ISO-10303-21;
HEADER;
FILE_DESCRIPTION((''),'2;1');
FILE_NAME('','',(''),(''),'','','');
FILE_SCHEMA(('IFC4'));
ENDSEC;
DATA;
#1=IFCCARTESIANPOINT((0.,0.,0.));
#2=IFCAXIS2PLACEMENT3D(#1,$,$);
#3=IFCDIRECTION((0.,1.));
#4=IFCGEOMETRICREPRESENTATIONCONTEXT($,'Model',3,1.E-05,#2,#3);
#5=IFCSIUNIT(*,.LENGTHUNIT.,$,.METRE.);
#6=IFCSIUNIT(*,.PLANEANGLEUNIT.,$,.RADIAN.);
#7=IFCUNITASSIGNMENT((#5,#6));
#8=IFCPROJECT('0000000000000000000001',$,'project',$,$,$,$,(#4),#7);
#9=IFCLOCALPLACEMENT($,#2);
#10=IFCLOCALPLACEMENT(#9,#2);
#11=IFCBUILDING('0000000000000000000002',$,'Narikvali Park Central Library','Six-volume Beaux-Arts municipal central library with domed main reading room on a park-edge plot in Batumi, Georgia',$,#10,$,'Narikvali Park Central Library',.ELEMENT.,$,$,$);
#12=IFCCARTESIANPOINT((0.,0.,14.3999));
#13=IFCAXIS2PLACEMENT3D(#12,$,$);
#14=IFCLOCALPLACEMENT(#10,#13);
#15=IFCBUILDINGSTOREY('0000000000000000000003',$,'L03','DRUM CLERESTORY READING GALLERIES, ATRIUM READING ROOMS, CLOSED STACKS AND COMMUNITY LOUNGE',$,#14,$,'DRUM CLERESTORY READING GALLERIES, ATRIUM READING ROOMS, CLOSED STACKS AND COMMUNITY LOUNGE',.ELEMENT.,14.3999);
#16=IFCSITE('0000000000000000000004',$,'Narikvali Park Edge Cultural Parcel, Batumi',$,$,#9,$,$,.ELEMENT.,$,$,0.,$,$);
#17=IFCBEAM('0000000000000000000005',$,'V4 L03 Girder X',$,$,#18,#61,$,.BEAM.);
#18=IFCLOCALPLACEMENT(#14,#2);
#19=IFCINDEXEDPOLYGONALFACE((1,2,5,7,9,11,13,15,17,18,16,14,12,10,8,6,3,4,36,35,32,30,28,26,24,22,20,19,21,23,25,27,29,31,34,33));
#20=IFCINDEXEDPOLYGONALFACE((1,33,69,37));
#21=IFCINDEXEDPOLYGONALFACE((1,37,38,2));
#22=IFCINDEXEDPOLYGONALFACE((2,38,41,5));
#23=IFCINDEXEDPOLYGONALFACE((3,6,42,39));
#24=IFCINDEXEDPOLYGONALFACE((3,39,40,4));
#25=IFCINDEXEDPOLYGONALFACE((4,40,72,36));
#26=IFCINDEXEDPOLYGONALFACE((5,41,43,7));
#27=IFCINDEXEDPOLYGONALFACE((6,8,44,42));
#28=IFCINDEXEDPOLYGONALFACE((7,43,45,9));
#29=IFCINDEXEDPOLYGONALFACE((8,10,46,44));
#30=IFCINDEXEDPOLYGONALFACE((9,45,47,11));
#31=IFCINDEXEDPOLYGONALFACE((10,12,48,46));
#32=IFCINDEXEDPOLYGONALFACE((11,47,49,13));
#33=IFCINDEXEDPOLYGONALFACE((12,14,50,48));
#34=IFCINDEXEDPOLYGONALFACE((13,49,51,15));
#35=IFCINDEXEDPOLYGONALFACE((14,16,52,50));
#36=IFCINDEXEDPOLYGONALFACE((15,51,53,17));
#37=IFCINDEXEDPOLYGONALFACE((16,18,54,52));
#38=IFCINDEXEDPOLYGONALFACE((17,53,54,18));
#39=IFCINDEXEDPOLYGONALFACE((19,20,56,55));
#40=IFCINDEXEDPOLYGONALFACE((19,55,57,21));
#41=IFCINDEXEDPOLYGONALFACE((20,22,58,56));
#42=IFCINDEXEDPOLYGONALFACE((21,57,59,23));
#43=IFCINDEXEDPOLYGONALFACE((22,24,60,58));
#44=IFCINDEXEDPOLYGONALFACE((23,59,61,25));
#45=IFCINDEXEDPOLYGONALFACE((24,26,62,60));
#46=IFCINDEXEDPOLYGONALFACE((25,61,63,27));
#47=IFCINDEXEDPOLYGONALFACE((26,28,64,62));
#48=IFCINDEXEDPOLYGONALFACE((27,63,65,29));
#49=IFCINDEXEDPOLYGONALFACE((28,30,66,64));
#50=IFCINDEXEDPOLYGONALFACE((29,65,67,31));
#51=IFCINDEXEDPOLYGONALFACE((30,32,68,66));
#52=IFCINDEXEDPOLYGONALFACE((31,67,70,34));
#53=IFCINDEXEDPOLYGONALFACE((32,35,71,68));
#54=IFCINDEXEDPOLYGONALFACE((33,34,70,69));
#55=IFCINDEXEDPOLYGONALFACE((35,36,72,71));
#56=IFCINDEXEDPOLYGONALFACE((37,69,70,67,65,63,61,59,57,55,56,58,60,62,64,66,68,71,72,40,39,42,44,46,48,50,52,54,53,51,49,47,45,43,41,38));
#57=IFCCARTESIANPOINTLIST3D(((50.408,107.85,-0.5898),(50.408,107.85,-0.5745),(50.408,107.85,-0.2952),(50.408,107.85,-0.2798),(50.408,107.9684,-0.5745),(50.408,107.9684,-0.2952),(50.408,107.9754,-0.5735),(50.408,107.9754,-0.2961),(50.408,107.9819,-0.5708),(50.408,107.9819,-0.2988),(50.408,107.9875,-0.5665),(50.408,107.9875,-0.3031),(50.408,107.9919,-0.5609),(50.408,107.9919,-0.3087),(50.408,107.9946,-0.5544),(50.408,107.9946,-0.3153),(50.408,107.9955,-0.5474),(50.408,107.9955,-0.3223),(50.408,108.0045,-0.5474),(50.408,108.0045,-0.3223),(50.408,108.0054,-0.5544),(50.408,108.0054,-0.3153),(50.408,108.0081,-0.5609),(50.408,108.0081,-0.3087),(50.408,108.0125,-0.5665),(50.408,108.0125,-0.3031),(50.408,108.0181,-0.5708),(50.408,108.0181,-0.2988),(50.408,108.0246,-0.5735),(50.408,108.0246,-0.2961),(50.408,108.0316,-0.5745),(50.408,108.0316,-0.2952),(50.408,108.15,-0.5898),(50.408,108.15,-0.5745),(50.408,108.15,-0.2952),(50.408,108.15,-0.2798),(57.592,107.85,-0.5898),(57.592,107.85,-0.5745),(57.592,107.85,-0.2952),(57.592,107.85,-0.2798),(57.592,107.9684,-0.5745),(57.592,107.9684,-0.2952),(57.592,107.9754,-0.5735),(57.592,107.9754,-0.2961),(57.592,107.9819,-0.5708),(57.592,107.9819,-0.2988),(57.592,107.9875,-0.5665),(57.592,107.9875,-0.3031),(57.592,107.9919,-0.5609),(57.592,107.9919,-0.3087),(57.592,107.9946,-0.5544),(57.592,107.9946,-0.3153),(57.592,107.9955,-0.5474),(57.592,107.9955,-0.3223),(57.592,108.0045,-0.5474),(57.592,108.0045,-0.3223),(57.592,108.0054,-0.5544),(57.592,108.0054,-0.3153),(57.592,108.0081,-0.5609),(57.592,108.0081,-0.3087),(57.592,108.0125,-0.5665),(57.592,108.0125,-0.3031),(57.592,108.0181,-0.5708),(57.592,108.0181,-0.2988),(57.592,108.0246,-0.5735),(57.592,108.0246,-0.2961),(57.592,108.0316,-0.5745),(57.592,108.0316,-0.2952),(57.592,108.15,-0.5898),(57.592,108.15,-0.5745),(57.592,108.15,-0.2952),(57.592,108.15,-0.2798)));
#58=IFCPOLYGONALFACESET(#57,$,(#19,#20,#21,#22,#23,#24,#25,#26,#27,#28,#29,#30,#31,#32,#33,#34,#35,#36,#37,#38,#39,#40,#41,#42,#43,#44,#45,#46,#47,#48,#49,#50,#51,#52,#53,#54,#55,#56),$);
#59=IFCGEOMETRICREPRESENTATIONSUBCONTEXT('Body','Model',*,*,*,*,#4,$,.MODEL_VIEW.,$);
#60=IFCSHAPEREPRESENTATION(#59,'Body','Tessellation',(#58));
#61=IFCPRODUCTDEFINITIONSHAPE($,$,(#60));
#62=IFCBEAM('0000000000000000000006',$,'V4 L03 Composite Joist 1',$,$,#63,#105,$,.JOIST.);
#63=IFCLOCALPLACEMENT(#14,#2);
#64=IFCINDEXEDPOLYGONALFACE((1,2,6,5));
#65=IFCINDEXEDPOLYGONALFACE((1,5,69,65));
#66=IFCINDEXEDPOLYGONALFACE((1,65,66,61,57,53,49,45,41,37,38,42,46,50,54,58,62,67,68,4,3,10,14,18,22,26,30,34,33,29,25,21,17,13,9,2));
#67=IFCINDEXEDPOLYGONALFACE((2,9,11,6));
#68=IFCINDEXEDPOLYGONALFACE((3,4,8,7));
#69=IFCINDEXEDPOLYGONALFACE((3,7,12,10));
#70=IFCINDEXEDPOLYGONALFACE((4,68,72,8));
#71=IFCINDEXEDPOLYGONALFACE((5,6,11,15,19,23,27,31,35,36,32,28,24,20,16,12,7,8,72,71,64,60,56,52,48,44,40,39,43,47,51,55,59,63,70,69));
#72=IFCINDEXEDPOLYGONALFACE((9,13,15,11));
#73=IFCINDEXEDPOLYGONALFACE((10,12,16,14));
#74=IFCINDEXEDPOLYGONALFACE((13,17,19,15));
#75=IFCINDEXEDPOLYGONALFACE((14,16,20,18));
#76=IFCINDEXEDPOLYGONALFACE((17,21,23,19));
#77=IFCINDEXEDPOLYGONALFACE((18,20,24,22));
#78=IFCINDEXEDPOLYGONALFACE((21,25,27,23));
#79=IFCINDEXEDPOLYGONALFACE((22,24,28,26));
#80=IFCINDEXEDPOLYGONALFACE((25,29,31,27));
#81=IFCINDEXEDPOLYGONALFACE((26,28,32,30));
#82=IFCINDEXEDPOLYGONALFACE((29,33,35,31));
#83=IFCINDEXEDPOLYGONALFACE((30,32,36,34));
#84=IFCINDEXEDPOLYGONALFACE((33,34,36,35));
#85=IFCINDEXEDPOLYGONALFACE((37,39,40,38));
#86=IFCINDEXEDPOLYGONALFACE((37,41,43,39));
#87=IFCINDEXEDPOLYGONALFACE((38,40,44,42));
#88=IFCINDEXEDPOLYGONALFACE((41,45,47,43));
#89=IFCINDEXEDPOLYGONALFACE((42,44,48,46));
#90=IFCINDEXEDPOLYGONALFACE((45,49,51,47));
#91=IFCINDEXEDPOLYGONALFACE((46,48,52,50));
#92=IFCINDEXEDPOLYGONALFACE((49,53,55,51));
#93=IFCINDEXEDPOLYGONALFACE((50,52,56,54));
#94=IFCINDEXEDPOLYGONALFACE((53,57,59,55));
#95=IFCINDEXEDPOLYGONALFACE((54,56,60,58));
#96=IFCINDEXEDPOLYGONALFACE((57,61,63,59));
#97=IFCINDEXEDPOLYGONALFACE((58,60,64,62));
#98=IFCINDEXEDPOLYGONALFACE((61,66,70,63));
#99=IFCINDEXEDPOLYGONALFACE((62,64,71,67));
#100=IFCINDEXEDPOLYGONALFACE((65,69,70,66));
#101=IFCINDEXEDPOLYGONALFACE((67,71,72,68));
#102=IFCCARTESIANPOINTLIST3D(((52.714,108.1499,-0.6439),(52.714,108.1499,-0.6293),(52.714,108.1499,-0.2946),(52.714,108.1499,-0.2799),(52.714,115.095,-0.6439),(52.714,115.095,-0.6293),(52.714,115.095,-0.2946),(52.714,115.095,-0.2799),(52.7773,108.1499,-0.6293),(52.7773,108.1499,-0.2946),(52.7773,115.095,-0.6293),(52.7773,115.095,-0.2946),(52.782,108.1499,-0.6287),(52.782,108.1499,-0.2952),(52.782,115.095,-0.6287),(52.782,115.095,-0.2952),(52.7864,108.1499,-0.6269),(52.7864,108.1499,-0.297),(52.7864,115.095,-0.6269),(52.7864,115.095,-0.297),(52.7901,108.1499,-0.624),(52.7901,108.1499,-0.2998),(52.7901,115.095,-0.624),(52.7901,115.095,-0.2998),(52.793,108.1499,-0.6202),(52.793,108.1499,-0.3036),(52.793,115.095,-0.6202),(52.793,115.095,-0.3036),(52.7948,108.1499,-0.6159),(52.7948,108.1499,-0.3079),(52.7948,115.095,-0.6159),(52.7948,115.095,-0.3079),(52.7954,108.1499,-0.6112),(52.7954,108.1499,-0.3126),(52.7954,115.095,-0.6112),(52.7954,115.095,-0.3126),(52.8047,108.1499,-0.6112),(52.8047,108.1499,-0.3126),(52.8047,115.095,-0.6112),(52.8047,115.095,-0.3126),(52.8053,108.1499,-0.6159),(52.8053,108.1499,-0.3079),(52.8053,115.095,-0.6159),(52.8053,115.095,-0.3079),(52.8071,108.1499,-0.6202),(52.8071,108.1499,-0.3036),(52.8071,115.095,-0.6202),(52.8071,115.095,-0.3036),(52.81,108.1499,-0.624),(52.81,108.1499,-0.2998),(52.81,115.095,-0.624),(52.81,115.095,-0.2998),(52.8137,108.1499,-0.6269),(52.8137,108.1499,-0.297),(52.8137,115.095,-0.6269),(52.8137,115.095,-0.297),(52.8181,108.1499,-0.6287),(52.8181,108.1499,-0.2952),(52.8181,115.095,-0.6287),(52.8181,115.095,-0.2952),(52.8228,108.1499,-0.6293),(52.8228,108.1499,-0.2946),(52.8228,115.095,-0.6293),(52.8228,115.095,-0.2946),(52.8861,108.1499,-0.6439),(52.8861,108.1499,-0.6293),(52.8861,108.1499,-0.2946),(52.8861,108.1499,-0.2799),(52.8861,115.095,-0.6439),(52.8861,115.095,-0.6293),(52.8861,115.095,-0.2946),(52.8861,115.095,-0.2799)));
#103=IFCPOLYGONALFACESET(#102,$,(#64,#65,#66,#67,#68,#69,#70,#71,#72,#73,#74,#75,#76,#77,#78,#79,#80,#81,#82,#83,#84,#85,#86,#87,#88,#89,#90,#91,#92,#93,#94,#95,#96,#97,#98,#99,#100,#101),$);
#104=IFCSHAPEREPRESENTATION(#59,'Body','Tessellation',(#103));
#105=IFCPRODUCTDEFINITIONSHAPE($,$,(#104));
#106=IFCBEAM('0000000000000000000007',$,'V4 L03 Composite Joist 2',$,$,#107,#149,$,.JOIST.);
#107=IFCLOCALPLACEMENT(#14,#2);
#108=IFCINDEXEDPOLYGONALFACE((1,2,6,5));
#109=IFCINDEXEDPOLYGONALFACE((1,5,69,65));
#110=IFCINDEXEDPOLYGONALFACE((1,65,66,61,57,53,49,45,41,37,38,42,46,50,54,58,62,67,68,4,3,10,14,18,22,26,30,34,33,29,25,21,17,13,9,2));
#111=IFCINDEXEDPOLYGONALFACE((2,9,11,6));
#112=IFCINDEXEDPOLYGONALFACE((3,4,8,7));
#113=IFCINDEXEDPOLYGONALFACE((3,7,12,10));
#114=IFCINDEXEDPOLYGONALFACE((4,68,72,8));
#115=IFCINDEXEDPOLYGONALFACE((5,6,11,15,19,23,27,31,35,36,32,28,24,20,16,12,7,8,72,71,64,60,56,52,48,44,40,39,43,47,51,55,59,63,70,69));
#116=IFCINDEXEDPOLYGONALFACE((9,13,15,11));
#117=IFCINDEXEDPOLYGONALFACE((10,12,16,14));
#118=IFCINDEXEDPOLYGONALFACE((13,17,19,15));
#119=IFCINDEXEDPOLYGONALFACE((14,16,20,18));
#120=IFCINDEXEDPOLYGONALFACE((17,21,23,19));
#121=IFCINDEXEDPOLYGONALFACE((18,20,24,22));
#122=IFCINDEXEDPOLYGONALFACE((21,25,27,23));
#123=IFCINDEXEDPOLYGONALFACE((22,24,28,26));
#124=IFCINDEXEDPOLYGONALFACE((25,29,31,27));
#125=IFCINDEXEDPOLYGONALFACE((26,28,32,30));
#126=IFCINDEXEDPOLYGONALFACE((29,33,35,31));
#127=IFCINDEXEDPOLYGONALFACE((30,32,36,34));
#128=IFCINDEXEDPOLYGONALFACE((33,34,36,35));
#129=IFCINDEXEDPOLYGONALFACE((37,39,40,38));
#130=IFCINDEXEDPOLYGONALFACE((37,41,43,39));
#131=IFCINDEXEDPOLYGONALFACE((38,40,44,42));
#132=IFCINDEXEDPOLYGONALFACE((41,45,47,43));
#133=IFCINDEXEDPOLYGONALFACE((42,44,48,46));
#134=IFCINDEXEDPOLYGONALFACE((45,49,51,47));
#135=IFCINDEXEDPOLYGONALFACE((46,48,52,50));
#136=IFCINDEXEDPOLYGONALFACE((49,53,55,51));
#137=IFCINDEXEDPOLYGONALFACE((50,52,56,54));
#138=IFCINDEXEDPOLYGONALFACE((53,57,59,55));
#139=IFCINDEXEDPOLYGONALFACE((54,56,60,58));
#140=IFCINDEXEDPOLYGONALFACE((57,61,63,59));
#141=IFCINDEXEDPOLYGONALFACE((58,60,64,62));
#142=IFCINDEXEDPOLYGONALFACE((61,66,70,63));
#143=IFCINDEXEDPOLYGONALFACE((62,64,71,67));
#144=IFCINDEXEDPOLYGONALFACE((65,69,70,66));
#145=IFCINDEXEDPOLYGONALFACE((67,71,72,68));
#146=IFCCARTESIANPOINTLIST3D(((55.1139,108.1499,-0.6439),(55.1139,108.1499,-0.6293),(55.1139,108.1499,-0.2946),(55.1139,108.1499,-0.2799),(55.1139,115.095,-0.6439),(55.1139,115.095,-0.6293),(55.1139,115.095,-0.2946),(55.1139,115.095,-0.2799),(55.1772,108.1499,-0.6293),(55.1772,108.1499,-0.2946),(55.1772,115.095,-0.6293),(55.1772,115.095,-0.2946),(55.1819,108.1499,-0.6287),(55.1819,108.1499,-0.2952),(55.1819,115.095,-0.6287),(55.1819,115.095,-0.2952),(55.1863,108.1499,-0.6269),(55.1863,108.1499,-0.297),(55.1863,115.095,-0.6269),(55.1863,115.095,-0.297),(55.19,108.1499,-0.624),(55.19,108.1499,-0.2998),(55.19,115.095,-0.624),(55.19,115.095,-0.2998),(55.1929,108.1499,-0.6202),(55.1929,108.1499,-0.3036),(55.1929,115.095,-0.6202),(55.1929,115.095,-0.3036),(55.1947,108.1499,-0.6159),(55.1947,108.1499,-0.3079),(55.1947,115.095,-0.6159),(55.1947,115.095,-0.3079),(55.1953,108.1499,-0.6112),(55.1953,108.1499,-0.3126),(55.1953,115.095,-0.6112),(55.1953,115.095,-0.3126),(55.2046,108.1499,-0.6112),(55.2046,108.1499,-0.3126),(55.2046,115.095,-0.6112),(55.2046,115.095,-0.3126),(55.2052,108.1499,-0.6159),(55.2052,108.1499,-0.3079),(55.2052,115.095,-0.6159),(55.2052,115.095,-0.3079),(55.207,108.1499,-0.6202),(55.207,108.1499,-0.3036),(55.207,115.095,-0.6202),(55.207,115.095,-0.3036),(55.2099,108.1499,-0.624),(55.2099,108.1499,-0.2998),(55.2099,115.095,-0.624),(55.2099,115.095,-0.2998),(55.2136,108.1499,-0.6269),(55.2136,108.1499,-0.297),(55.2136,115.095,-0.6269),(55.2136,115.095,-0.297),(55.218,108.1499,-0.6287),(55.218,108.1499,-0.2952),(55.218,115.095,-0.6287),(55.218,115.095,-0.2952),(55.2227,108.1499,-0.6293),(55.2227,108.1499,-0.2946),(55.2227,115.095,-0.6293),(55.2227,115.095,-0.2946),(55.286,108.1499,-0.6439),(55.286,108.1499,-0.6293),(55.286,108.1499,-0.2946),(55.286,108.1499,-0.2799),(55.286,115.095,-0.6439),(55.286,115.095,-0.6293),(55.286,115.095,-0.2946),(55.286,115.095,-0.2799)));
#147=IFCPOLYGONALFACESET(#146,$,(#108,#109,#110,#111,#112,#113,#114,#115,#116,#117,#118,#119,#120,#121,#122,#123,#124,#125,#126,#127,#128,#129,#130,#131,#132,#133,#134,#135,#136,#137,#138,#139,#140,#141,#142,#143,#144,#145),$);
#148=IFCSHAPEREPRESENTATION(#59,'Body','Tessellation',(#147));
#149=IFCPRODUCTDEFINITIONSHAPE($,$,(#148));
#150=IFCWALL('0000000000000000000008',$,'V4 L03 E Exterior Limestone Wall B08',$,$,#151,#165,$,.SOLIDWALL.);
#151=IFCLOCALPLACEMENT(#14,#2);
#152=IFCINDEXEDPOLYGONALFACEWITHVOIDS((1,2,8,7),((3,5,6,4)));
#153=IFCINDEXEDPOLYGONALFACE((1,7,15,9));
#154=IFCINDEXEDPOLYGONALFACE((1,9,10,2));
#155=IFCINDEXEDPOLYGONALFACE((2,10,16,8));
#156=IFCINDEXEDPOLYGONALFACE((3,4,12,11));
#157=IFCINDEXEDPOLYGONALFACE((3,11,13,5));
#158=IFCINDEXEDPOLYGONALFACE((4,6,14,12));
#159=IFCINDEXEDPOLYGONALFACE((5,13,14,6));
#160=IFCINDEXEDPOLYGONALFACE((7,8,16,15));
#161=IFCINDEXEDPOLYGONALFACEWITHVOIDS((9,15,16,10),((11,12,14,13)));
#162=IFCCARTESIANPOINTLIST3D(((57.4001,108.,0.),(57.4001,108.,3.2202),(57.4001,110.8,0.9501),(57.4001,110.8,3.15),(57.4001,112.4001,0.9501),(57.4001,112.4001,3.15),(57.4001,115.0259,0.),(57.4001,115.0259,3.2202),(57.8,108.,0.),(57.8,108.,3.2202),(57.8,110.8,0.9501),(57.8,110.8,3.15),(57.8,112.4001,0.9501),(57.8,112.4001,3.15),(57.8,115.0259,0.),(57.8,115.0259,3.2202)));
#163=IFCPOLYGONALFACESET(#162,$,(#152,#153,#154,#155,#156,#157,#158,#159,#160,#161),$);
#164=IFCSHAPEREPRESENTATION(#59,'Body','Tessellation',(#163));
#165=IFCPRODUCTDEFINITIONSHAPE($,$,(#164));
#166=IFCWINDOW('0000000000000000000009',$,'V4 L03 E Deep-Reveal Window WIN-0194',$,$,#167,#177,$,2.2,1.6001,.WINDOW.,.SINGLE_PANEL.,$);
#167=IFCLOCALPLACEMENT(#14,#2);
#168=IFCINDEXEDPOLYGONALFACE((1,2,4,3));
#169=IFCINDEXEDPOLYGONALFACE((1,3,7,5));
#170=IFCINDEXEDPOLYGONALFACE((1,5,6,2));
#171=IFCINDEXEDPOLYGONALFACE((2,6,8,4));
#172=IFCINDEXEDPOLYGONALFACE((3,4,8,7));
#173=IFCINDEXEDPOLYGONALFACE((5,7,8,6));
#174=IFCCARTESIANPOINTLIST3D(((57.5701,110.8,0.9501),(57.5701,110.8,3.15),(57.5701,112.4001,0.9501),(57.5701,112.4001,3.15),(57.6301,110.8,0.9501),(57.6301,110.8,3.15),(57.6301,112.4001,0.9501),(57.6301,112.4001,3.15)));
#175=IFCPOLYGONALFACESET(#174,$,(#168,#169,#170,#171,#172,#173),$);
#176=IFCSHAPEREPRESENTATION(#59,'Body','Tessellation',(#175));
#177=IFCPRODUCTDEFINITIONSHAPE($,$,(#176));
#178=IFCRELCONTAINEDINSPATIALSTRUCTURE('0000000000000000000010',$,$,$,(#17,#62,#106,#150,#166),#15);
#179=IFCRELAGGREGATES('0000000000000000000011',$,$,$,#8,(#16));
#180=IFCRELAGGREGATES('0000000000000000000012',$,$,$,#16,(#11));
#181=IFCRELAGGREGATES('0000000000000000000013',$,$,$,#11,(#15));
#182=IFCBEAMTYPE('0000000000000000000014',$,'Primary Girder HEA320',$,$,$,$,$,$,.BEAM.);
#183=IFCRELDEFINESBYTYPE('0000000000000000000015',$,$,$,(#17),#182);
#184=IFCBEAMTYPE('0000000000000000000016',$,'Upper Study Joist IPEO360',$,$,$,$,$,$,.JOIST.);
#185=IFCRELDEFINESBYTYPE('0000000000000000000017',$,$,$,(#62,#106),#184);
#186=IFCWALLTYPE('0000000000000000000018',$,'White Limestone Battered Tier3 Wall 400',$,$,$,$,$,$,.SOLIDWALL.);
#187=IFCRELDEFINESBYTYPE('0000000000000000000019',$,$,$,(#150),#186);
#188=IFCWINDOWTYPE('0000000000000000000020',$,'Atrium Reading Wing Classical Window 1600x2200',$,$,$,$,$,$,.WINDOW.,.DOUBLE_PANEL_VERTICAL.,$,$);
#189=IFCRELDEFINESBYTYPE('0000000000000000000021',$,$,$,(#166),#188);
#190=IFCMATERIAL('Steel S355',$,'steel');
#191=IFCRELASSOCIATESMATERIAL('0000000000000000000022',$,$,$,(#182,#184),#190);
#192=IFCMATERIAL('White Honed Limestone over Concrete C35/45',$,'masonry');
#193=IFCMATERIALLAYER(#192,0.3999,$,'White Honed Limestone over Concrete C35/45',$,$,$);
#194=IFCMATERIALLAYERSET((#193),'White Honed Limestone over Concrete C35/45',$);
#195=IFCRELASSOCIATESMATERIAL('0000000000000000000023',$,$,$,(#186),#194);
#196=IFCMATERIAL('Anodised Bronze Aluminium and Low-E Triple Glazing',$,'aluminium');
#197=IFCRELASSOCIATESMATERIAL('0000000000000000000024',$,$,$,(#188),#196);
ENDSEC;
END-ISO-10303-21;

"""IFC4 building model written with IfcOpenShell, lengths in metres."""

from ifc_helpers import new_model, si_unit, direction, frame, frame_2d, origin, origin_2d, place, context, subcontext, project, spatial, rectangle, i_section, extrude, material, layer, layer_set, material_profile, profile_set, type_object, element, fill, save


model = new_model("IFC4")

# Units and contexts
model_context = context("Model", 3, precision=1e-05, world=origin(), true_north=direction((0.0, 1.0)))
body_context = subcontext(model_context, "Body", "Model", "MODEL_VIEW")
ifc_project = project(units=[si_unit("LENGTHUNIT", "METRE"), si_unit("PLANEANGLEUNIT", "RADIAN")], contexts=[model_context])

# Site, building, storey
site_placement = place(None, origin())
site = spatial("IfcSite", under=ifc_project, at=site_placement, Name="Narikvali Park Edge Cultural Parcel, Batumi", CompositionType="ELEMENT", RefElevation=0.0)
building_placement = place(site_placement, origin())
building = spatial("IfcBuilding", under=site, at=building_placement, Name="Narikvali Park Central Library", Description="Six-volume Beaux-Arts municipal central library with domed main reading room on a park-edge plot in Batumi, Georgia", LongName="Narikvali Park Central Library", CompositionType="ELEMENT")
storey_placement = place(building_placement, frame((0.0, 0.0, 14.3999)))
storey = spatial("IfcBuildingStorey", under=building, at=storey_placement, Name="L03", Description="DRUM CLERESTORY READING GALLERIES, ATRIUM READING ROOMS, CLOSED STACKS AND COMMUNITY LOUNGE", LongName="DRUM CLERESTORY READING GALLERIES, ATRIUM READING ROOMS, CLOSED STACKS AND COMMUNITY LOUNGE", CompositionType="ELEMENT", Elevation=14.3999)

# Shared definitions
ifc_material_1 = material(Name="Steel S355", Category="steel")

# Beams
ifc_material_profile_1 = material_profile(ifc_material_1, i_section(OverallWidth=0.3, OverallDepth=0.3101, WebThickness=0.009, FlangeThickness=0.0154, FilletRadius=0.0271, at=origin_2d()), Name="HEA 320")
ifc_profile_set_1 = profile_set([ifc_material_profile_1], Name="Steel S355")
beam_type_1 = type_object("IfcBeamType", Name="Primary Girder HEA320", PredefinedType="BEAM", material=ifc_profile_set_1)
beam_1_placement = place(storey_placement, frame((50.408, 108.0, -0.4348), z_axis=(1.0, 0.0, 0.0), x_axis=(0.0, 1.0, 0.0)))
element("IfcBeam", 1, at=beam_1_placement, inside=storey, type_object=beam_type_1, Name="V4 L03 Girder X", PredefinedType="BEAM", context=body_context, shape_type="SweptSolid", body=[
    extrude(i_section(OverallWidth=0.3, OverallDepth=0.3101, WebThickness=0.009, FlangeThickness=0.0154, FilletRadius=0.0271, at=origin_2d()), origin(), (0.0, 0.0, 1.0), 7.1841),
])
ifc_material_profile_2 = material_profile(ifc_material_1, i_section(OverallWidth=0.1721, OverallDepth=0.364, WebThickness=0.0093, FlangeThickness=0.0146, FilletRadius=0.0181, at=origin_2d()), Name="IPEO 360")
ifc_profile_set_2 = profile_set([ifc_material_profile_2], Name="Steel S355")
beam_type_2 = type_object("IfcBeamType", Name="Upper Study Joist IPEO360", PredefinedType="JOIST", material=ifc_profile_set_2)
for number, where, z_axis, x_axis, name in (
    (2, (52.8, 108.1499, -0.4619), (0.0, 1.0, 0.0), (-1.0, 0.0, 0.0), "V4 L03 Composite Joist 1"),
    (3, (55.2, 108.1499, -0.4619), (0.0, 1.0, 0.0), (-1.0, 0.0, 0.0), "V4 L03 Composite Joist 2"),
):
    element("IfcBeam", number, at=place(storey_placement, frame(where, z_axis=z_axis, x_axis=x_axis)), inside=storey, type_object=beam_type_2, Name=name, PredefinedType="JOIST", context=body_context, shape_type="SweptSolid", body=[
        extrude(i_section(OverallWidth=0.1721, OverallDepth=0.364, WebThickness=0.0093, FlangeThickness=0.0146, FilletRadius=0.0181, at=origin_2d()), origin(), (0.0, 0.0, 1.0), 6.9451),
    ])

# Wall, opening, window
ifc_material_2 = material(Name="White Honed Limestone over Concrete C35/45", Category="masonry")
ifc_layer_1 = layer(ifc_material_2, 0.3999, Name="White Honed Limestone over Concrete C35/45")
ifc_layer_set_1 = layer_set([ifc_layer_1], Name="White Honed Limestone over Concrete C35/45")
wall_type = type_object("IfcWallType", Name="White Limestone Battered Tier3 Wall 400", PredefinedType="SOLIDWALL", material=ifc_layer_set_1)
wall_1_placement = place(storey_placement, frame((57.6001, 108.0, 0.0), z_axis=(0.0, 0.0, 1.0), x_axis=(0.0, 1.0, 0.0)))
wall_1 = element("IfcWall", 4, at=wall_1_placement, inside=storey, type_object=wall_type, Name="V4 L03 E Exterior Limestone Wall B08", PredefinedType="SOLIDWALL", context=body_context, shape_type="SweptSolid", body=[
    extrude(rectangle(XDim=7.0259, YDim=0.3999, at=frame_2d((3.5129, 0.0))), origin(), (0.0, 0.0, 1.0), 3.2202),
])
opening_1_placement = place(wall_1_placement, frame((2.8, 0.0, 0.95)))
opening_1 = element("IfcOpeningElement", 5, at=opening_1_placement, cuts=wall_1, PredefinedType="OPENING", context=body_context, shape_type="SweptSolid", body=[
    extrude(rectangle(XDim=1.6001, YDim=2.2, at=frame_2d((0.8, 1.1001))), frame((0.0, 0.2119, 0.0), z_axis=(0.0, -1.0, 0.0), x_axis=(1.0, 0.0, 0.0)), (0.0, 0.0, 1.0), 0.4238),
])
ifc_material_3 = material(Name="Anodised Bronze Aluminium and Low-E Triple Glazing", Category="aluminium")
window_type = type_object("IfcWindowType", Name="Atrium Reading Wing Classical Window 1600x2200", PartitioningType="DOUBLE_PANEL_VERTICAL", PredefinedType="WINDOW", material=ifc_material_3)
window_1_placement = place(opening_1_placement, origin())
window_1 = element("IfcWindow", 6, at=window_1_placement, inside=storey, type_object=window_type, Name="V4 L03 E Deep-Reveal Window WIN-0194", OverallHeight=2.2, OverallWidth=1.6001, PartitioningType="SINGLE_PANEL", PredefinedType="WINDOW", context=body_context, shape_type="SweptSolid", body=[
    extrude(rectangle(XDim=1.6001, YDim=2.2, at=frame_2d((0.8, 1.1001))), frame((0.0, 0.03, 0.0), z_axis=(0.0, -1.0, 0.0), x_axis=(1.0, 0.0, 0.0)), (0.0, 0.0, 1.0), 0.0601),
])
fill(opening_1, window_1)

save(model, "model.ifc")
